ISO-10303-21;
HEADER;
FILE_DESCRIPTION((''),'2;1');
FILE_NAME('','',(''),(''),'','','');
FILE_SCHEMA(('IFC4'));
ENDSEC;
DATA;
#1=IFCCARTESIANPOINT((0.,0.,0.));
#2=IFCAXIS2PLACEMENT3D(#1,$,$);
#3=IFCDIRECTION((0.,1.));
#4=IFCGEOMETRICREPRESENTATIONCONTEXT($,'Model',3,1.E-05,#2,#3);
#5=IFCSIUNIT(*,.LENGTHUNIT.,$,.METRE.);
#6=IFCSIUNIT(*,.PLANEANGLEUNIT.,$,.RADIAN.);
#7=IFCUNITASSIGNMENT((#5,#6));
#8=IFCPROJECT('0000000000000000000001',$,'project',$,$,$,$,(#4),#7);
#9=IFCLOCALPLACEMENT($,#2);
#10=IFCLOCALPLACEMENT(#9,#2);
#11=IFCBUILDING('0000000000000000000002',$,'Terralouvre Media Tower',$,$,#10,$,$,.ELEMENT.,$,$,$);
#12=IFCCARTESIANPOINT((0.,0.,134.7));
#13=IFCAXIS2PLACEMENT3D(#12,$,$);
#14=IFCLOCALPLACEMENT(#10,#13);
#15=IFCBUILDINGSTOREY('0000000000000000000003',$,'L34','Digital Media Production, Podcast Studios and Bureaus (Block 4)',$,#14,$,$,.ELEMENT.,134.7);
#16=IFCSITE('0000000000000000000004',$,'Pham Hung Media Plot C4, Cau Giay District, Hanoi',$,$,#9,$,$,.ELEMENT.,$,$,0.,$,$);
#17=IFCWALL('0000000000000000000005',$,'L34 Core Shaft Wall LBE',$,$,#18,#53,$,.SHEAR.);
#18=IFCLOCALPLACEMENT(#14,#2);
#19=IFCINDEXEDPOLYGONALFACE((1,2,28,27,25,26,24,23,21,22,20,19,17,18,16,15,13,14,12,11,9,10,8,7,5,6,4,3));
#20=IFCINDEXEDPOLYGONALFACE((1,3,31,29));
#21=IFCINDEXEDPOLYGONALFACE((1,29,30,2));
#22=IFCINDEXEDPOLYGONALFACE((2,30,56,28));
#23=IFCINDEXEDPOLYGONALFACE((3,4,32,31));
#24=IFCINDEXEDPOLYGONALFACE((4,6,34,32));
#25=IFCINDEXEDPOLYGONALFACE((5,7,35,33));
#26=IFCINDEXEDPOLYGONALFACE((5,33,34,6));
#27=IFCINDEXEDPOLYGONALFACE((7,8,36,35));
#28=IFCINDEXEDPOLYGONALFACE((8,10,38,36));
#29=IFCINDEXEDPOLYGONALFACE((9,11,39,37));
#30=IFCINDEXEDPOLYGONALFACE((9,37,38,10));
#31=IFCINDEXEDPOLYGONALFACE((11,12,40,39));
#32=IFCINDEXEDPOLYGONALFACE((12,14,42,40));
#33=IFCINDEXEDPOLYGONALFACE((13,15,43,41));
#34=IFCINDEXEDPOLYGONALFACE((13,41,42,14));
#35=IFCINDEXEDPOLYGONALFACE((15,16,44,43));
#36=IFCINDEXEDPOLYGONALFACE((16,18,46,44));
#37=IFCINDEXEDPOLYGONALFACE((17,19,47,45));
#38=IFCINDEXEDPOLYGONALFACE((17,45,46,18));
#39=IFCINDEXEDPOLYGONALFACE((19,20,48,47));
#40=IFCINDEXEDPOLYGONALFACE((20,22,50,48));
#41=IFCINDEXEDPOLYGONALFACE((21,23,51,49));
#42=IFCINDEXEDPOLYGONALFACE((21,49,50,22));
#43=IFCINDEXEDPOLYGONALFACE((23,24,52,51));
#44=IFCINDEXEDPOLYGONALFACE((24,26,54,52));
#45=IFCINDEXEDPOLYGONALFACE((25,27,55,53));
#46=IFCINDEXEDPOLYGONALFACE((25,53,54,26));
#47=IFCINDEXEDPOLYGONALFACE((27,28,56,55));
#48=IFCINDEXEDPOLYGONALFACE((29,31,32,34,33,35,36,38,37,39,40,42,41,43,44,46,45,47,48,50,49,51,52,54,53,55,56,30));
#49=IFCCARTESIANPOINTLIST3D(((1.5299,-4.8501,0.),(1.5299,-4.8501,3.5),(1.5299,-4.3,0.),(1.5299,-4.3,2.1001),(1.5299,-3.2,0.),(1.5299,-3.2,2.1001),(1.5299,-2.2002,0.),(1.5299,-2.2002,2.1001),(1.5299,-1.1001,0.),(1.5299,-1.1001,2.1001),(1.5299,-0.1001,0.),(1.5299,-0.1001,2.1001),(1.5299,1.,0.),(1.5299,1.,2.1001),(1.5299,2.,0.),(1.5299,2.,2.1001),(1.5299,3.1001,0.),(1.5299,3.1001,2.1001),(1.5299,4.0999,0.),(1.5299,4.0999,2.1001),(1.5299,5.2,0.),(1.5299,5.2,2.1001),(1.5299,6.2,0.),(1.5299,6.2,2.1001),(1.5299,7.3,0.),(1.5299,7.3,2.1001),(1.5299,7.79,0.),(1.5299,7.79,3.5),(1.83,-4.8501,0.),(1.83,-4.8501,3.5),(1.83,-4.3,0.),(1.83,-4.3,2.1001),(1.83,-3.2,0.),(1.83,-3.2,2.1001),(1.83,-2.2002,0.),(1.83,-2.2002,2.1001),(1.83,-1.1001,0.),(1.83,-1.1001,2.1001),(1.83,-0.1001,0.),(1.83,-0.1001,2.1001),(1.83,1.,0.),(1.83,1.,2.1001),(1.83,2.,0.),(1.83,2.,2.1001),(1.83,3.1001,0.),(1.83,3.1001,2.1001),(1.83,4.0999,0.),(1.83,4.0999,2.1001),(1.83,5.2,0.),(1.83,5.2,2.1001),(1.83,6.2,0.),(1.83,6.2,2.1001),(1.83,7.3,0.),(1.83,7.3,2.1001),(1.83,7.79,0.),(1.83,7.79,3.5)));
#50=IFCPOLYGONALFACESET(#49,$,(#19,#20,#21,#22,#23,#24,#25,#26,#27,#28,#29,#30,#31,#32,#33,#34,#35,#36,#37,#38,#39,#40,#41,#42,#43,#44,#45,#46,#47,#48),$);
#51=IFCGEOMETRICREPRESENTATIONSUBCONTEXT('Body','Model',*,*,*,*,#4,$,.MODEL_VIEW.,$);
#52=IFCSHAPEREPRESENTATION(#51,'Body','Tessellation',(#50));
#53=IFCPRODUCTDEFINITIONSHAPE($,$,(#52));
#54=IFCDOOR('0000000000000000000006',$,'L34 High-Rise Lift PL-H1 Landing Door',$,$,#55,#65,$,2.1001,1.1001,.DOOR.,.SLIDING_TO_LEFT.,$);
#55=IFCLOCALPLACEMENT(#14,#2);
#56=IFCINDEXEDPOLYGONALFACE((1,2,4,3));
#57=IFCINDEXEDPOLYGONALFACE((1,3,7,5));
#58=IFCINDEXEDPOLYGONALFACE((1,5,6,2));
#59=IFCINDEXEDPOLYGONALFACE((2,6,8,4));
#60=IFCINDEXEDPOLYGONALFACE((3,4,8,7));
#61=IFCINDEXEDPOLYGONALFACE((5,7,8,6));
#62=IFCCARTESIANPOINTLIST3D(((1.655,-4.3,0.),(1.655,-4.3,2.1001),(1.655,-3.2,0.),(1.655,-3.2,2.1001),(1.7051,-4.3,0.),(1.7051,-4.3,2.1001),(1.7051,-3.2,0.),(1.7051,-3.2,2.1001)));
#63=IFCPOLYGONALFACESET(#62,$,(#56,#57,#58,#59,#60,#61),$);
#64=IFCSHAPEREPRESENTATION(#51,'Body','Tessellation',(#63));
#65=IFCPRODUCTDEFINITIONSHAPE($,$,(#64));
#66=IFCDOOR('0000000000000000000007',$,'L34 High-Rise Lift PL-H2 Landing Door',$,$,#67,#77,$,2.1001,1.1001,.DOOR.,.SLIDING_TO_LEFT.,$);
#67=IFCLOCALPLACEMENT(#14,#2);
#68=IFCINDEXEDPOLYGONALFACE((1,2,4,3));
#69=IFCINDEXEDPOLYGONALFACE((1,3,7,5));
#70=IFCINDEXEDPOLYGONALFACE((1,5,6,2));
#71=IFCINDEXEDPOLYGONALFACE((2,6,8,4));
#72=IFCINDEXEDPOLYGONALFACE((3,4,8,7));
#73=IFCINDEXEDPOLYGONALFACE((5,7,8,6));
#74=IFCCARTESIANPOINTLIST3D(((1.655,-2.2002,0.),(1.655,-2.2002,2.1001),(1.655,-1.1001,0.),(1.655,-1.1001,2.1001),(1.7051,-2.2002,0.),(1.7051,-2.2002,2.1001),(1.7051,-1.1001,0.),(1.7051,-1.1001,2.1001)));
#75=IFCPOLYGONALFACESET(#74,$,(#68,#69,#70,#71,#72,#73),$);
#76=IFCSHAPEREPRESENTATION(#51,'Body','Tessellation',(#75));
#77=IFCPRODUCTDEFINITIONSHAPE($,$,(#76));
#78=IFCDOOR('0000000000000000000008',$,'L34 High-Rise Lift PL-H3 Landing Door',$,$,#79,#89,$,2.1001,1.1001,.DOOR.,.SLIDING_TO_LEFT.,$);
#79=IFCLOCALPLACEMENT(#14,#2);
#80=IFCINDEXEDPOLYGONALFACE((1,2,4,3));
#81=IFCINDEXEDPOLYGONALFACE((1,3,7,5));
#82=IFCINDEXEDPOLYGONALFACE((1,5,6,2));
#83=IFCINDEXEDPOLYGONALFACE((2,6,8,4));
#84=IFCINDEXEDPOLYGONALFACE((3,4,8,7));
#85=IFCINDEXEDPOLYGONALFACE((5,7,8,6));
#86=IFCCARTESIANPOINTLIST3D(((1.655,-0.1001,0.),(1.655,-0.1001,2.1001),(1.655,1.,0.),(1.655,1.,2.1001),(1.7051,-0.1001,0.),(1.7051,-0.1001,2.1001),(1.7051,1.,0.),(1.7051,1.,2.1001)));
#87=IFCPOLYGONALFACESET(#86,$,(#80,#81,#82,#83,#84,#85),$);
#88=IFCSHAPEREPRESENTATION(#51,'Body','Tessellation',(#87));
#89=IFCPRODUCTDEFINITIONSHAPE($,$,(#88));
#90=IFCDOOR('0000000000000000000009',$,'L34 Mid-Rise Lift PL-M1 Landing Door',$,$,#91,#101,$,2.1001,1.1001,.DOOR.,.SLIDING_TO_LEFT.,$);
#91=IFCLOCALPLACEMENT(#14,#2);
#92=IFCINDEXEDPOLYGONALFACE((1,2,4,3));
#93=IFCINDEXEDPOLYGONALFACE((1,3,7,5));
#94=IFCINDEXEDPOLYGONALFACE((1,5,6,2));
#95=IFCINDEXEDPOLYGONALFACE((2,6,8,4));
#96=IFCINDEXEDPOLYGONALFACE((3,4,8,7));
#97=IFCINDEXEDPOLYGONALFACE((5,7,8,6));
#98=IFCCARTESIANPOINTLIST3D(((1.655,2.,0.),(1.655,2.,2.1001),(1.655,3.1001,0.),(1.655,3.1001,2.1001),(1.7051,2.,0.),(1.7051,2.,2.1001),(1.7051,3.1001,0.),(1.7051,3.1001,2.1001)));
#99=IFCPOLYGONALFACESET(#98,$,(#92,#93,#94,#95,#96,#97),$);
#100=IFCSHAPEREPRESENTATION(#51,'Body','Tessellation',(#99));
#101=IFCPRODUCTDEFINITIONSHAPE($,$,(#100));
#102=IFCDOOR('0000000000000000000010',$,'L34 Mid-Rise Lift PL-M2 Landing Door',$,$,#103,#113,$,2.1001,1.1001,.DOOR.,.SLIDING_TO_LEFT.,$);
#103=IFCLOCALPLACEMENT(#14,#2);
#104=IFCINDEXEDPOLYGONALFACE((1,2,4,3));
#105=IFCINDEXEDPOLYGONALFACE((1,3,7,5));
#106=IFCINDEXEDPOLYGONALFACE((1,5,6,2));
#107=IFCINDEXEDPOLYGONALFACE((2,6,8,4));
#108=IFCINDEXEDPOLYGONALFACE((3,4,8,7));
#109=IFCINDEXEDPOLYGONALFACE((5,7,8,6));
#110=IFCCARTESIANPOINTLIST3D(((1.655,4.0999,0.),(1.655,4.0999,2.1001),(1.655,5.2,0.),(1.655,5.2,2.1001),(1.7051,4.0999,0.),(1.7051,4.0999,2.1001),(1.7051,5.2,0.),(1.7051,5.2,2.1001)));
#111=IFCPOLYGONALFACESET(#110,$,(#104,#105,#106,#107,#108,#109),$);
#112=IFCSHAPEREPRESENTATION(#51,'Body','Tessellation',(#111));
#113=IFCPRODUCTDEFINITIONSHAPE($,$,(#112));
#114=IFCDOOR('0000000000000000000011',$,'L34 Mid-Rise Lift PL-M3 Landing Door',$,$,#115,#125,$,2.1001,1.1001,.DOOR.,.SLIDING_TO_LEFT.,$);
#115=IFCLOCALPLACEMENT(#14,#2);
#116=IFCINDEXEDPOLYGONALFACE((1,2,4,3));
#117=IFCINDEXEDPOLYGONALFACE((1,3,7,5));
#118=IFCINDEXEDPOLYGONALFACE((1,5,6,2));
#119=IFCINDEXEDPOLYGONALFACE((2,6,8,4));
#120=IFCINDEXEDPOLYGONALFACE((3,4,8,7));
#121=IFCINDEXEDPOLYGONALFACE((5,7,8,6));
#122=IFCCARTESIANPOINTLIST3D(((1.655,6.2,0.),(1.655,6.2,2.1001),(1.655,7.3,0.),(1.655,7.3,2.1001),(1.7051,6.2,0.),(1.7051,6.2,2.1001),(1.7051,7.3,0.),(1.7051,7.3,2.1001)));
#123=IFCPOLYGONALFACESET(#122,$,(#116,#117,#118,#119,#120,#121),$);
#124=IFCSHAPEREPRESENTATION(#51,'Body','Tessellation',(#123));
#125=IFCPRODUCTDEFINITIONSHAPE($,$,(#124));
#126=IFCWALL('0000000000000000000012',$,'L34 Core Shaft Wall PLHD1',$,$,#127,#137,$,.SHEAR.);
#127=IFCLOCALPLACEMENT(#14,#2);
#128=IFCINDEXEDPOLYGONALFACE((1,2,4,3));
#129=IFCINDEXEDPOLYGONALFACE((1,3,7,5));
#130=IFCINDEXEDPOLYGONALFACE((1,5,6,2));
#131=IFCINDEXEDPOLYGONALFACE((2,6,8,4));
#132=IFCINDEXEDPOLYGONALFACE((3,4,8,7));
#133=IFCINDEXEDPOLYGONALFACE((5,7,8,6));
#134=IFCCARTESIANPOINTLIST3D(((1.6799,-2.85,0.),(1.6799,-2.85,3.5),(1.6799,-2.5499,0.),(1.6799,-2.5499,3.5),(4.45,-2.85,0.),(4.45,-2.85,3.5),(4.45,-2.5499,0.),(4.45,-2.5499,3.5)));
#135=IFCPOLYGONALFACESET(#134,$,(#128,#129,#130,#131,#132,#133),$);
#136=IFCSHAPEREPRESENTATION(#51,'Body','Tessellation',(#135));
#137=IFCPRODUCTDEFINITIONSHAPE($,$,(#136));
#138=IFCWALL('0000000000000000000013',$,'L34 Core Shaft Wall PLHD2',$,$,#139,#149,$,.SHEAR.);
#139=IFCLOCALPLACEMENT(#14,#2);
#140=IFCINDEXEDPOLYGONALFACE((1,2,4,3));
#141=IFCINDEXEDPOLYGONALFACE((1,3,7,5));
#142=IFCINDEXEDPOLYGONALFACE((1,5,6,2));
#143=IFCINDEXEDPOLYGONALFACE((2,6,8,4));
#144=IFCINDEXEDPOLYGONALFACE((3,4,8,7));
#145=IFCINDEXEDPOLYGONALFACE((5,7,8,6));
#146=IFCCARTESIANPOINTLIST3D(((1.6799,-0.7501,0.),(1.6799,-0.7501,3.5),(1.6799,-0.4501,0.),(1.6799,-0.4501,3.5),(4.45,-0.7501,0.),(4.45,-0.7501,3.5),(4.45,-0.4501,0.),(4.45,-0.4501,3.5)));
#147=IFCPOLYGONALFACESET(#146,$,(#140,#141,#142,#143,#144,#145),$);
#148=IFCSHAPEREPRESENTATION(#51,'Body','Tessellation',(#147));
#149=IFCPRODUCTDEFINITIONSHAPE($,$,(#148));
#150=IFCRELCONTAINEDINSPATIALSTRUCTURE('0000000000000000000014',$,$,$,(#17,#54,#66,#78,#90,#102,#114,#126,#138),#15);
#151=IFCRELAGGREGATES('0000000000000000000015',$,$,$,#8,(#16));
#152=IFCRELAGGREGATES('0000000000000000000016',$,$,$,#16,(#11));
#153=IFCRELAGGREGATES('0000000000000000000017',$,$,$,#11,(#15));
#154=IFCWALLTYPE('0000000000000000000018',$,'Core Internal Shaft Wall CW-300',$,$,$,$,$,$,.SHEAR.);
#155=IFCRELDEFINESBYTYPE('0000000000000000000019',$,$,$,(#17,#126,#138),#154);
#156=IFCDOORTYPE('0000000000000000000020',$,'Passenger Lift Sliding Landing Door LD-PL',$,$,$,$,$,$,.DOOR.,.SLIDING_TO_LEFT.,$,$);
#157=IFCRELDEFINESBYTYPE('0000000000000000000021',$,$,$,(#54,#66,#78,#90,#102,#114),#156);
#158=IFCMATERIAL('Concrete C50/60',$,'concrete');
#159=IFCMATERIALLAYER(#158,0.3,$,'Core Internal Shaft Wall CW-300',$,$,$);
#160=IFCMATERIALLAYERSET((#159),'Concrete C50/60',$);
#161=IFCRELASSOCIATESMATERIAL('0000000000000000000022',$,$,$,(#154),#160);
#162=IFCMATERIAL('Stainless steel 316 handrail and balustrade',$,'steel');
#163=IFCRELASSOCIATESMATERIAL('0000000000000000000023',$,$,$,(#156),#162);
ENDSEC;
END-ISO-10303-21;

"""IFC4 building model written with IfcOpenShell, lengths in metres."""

from ifc_helpers import new_model, si_unit, direction, frame, frame_2d, origin, place, context, subcontext, project, spatial, rectangle, extrude, material, layer, layer_set, type_object, element, fill, save


model = new_model("IFC4")

# Units and contexts
model_context = context("Model", 3, precision=1e-05, world=origin(), true_north=direction((0.0, 1.0)))
body_context = subcontext(model_context, "Body", "Model", "MODEL_VIEW")
ifc_project = project(units=[si_unit("LENGTHUNIT", "METRE"), si_unit("PLANEANGLEUNIT", "RADIAN")], contexts=[model_context])

# Site, building, storey
site_placement = place(None, origin())
site = spatial("IfcSite", under=ifc_project, at=site_placement, Name="Pham Hung Media Plot C4, Cau Giay District, Hanoi", CompositionType="ELEMENT", RefElevation=0.0)
building_placement = place(site_placement, origin())
building = spatial("IfcBuilding", under=site, at=building_placement, Name="Terralouvre Media Tower", CompositionType="ELEMENT")
storey_placement = place(building_placement, frame((0.0, 0.0, 134.7)))
storey = spatial("IfcBuildingStorey", under=building, at=storey_placement, Name="L34", Description="Digital Media Production, Podcast Studios and Bureaus (Block 4)", CompositionType="ELEMENT", Elevation=134.7)

# Shared definitions
ifc_material_1 = material(Name="Concrete C50/60", Category="concrete")
ifc_layer_1 = layer(ifc_material_1, 0.3, Name="Core Internal Shaft Wall CW-300")
ifc_layer_set_1 = layer_set([ifc_layer_1], Name="Concrete C50/60")
wall_type_1 = type_object("IfcWallType", Name="Core Internal Shaft Wall CW-300", PredefinedType="SHEAR", material=ifc_layer_set_1)

# Wall, openings, doors
wall_1_placement = place(storey_placement, frame((1.6799, -4.8501, 0.0), z_axis=(0.0, 0.0, 1.0), x_axis=(0.0, 1.0, 0.0)))
wall_1 = element("IfcWall", 1, at=wall_1_placement, inside=storey, type_object=wall_type_1, Name="L34 Core Shaft Wall LBE", PredefinedType="SHEAR", context=body_context, shape_type="SweptSolid", body=[
    extrude(rectangle(XDim=12.6401, YDim=0.3, at=frame_2d((6.3201, 0.0))), origin(), (0.0, 0.0, 1.0), 3.5),
])
opening_1_placement = place(wall_1_placement, frame((0.55, 0.0, 0.0)))
opening_1 = element("IfcOpeningElement", 2, at=opening_1_placement, cuts=wall_1, PredefinedType="OPENING", context=body_context, shape_type="SweptSolid", body=[
    extrude(rectangle(XDim=1.1001, YDim=2.1001, at=frame_2d((0.55, 1.05))), frame((0.0, 0.1599, 0.0), z_axis=(0.0, -1.0, 0.0), x_axis=(1.0, 0.0, 0.0)), (0.0, 0.0, 1.0), 0.3201),
])
opening_2_placement = place(wall_1_placement, frame((2.6499, 0.0, 0.0)))
opening_2 = element("IfcOpeningElement", 3, at=opening_2_placement, cuts=wall_1, PredefinedType="OPENING", context=body_context, shape_type="SweptSolid", body=[
    extrude(rectangle(XDim=1.1001, YDim=2.1001, at=frame_2d((0.55, 1.05))), frame((0.0, 0.1599, 0.0), z_axis=(0.0, -1.0, 0.0), x_axis=(1.0, 0.0, 0.0)), (0.0, 0.0, 1.0), 0.3201),
])
opening_3_placement = place(wall_1_placement, frame((4.75, 0.0, 0.0)))
opening_3 = element("IfcOpeningElement", 4, at=opening_3_placement, cuts=wall_1, PredefinedType="OPENING", context=body_context, shape_type="SweptSolid", body=[
    extrude(rectangle(XDim=1.1001, YDim=2.1001, at=frame_2d((0.55, 1.05))), frame((0.0, 0.1599, 0.0), z_axis=(0.0, -1.0, 0.0), x_axis=(1.0, 0.0, 0.0)), (0.0, 0.0, 1.0), 0.3201),
])
opening_4_placement = place(wall_1_placement, frame((6.8501, 0.0, 0.0)))
opening_4 = element("IfcOpeningElement", 5, at=opening_4_placement, cuts=wall_1, PredefinedType="OPENING", context=body_context, shape_type="SweptSolid", body=[
    extrude(rectangle(XDim=1.1001, YDim=2.1001, at=frame_2d((0.55, 1.05))), frame((0.0, 0.1599, 0.0), z_axis=(0.0, -1.0, 0.0), x_axis=(1.0, 0.0, 0.0)), (0.0, 0.0, 1.0), 0.3201),
])
opening_5_placement = place(wall_1_placement, frame((8.95, 0.0, 0.0)))
opening_5 = element("IfcOpeningElement", 6, at=opening_5_placement, cuts=wall_1, PredefinedType="OPENING", context=body_context, shape_type="SweptSolid", body=[
    extrude(rectangle(XDim=1.1001, YDim=2.1001, at=frame_2d((0.55, 1.05))), frame((0.0, 0.1599, 0.0), z_axis=(0.0, -1.0, 0.0), x_axis=(1.0, 0.0, 0.0)), (0.0, 0.0, 1.0), 0.3201),
])
opening_6_placement = place(wall_1_placement, frame((11.05, 0.0, 0.0)))
opening_6 = element("IfcOpeningElement", 7, at=opening_6_placement, cuts=wall_1, PredefinedType="OPENING", context=body_context, shape_type="SweptSolid", body=[
    extrude(rectangle(XDim=1.1001, YDim=2.1001, at=frame_2d((0.55, 1.05))), frame((0.0, 0.1599, 0.0), z_axis=(0.0, -1.0, 0.0), x_axis=(1.0, 0.0, 0.0)), (0.0, 0.0, 1.0), 0.3201),
])
ifc_material_2 = material(Name="Stainless steel 316 handrail and balustrade", Category="steel")
door_type_1 = type_object("IfcDoorType", Name="Passenger Lift Sliding Landing Door LD-PL", OperationType="SLIDING_TO_LEFT", PredefinedType="DOOR", material=ifc_material_2)
door_1_placement = place(opening_1_placement, origin())
door_1 = element("IfcDoor", 8, at=door_1_placement, inside=storey, type_object=door_type_1, Name="L34 High-Rise Lift PL-H1 Landing Door", OperationType="SLIDING_TO_LEFT", OverallHeight=2.1001, OverallWidth=1.1001, PredefinedType="DOOR", context=body_context, shape_type="SweptSolid", body=[
    extrude(rectangle(XDim=1.1001, YDim=2.1001, at=frame_2d((0.55, 1.05))), frame((0.0, 0.0249, 0.0), z_axis=(0.0, -1.0, 0.0), x_axis=(1.0, 0.0, 0.0)), (0.0, 0.0, 1.0), 0.05),
])
fill(opening_1, door_1)
door_2_placement = place(opening_2_placement, origin())
door_2 = element("IfcDoor", 9, at=door_2_placement, inside=storey, type_object=door_type_1, Name="L34 High-Rise Lift PL-H2 Landing Door", OperationType="SLIDING_TO_LEFT", OverallHeight=2.1001, OverallWidth=1.1001, PredefinedType="DOOR", context=body_context, shape_type="SweptSolid", body=[
    extrude(rectangle(XDim=1.1001, YDim=2.1001, at=frame_2d((0.55, 1.05))), frame((0.0, 0.0249, 0.0), z_axis=(0.0, -1.0, 0.0), x_axis=(1.0, 0.0, 0.0)), (0.0, 0.0, 1.0), 0.05),
])
fill(opening_2, door_2)
door_3_placement = place(opening_3_placement, origin())
door_3 = element("IfcDoor", 10, at=door_3_placement, inside=storey, type_object=door_type_1, Name="L34 High-Rise Lift PL-H3 Landing Door", OperationType="SLIDING_TO_LEFT", OverallHeight=2.1001, OverallWidth=1.1001, PredefinedType="DOOR", context=body_context, shape_type="SweptSolid", body=[
    extrude(rectangle(XDim=1.1001, YDim=2.1001, at=frame_2d((0.55, 1.05))), frame((0.0, 0.0249, 0.0), z_axis=(0.0, -1.0, 0.0), x_axis=(1.0, 0.0, 0.0)), (0.0, 0.0, 1.0), 0.05),
])
fill(opening_3, door_3)
door_4_placement = place(opening_4_placement, origin())
door_4 = element("IfcDoor", 11, at=door_4_placement, inside=storey, type_object=door_type_1, Name="L34 Mid-Rise Lift PL-M1 Landing Door", OperationType="SLIDING_TO_LEFT", OverallHeight=2.1001, OverallWidth=1.1001, PredefinedType="DOOR", context=body_context, shape_type="SweptSolid", body=[
    extrude(rectangle(XDim=1.1001, YDim=2.1001, at=frame_2d((0.55, 1.05))), frame((0.0, 0.0249, 0.0), z_axis=(0.0, -1.0, 0.0), x_axis=(1.0, 0.0, 0.0)), (0.0, 0.0, 1.0), 0.05),
])
fill(opening_4, door_4)
door_5_placement = place(opening_5_placement, origin())
door_5 = element("IfcDoor", 12, at=door_5_placement, inside=storey, type_object=door_type_1, Name="L34 Mid-Rise Lift PL-M2 Landing Door", OperationType="SLIDING_TO_LEFT", OverallHeight=2.1001, OverallWidth=1.1001, PredefinedType="DOOR", context=body_context, shape_type="SweptSolid", body=[
    extrude(rectangle(XDim=1.1001, YDim=2.1001, at=frame_2d((0.55, 1.05))), frame((0.0, 0.0249, 0.0), z_axis=(0.0, -1.0, 0.0), x_axis=(1.0, 0.0, 0.0)), (0.0, 0.0, 1.0), 0.05),
])
fill(opening_5, door_5)
door_6_placement = place(opening_6_placement, origin())
door_6 = element("IfcDoor", 13, at=door_6_placement, inside=storey, type_object=door_type_1, Name="L34 Mid-Rise Lift PL-M3 Landing Door", OperationType="SLIDING_TO_LEFT", OverallHeight=2.1001, OverallWidth=1.1001, PredefinedType="DOOR", context=body_context, shape_type="SweptSolid", body=[
    extrude(rectangle(XDim=1.1001, YDim=2.1001, at=frame_2d((0.55, 1.05))), frame((0.0, 0.0249, 0.0), z_axis=(0.0, -1.0, 0.0), x_axis=(1.0, 0.0, 0.0)), (0.0, 0.0, 1.0), 0.05),
])
fill(opening_6, door_6)

# Walls
for number, where, z_axis, x_axis, name in (
    (14, (1.6799, -2.7, 0.0), (0.0, 0.0, 1.0), (1.0, 0.0, 0.0), "L34 Core Shaft Wall PLHD1"),
    (15, (1.6799, -0.6001, 0.0), (0.0, 0.0, 1.0), (1.0, 0.0, 0.0), "L34 Core Shaft Wall PLHD2"),
):
    element("IfcWall", number, at=place(storey_placement, frame(where, z_axis=z_axis, x_axis=x_axis)), inside=storey, type_object=wall_type_1, Name=name, PredefinedType="SHEAR", context=body_context, shape_type="SweptSolid", body=[
        extrude(rectangle(XDim=2.77, YDim=0.3, at=frame_2d((1.385, 0.0))), origin(), (0.0, 0.0, 1.0), 3.5),
    ])

save(model, "model.ifc")
